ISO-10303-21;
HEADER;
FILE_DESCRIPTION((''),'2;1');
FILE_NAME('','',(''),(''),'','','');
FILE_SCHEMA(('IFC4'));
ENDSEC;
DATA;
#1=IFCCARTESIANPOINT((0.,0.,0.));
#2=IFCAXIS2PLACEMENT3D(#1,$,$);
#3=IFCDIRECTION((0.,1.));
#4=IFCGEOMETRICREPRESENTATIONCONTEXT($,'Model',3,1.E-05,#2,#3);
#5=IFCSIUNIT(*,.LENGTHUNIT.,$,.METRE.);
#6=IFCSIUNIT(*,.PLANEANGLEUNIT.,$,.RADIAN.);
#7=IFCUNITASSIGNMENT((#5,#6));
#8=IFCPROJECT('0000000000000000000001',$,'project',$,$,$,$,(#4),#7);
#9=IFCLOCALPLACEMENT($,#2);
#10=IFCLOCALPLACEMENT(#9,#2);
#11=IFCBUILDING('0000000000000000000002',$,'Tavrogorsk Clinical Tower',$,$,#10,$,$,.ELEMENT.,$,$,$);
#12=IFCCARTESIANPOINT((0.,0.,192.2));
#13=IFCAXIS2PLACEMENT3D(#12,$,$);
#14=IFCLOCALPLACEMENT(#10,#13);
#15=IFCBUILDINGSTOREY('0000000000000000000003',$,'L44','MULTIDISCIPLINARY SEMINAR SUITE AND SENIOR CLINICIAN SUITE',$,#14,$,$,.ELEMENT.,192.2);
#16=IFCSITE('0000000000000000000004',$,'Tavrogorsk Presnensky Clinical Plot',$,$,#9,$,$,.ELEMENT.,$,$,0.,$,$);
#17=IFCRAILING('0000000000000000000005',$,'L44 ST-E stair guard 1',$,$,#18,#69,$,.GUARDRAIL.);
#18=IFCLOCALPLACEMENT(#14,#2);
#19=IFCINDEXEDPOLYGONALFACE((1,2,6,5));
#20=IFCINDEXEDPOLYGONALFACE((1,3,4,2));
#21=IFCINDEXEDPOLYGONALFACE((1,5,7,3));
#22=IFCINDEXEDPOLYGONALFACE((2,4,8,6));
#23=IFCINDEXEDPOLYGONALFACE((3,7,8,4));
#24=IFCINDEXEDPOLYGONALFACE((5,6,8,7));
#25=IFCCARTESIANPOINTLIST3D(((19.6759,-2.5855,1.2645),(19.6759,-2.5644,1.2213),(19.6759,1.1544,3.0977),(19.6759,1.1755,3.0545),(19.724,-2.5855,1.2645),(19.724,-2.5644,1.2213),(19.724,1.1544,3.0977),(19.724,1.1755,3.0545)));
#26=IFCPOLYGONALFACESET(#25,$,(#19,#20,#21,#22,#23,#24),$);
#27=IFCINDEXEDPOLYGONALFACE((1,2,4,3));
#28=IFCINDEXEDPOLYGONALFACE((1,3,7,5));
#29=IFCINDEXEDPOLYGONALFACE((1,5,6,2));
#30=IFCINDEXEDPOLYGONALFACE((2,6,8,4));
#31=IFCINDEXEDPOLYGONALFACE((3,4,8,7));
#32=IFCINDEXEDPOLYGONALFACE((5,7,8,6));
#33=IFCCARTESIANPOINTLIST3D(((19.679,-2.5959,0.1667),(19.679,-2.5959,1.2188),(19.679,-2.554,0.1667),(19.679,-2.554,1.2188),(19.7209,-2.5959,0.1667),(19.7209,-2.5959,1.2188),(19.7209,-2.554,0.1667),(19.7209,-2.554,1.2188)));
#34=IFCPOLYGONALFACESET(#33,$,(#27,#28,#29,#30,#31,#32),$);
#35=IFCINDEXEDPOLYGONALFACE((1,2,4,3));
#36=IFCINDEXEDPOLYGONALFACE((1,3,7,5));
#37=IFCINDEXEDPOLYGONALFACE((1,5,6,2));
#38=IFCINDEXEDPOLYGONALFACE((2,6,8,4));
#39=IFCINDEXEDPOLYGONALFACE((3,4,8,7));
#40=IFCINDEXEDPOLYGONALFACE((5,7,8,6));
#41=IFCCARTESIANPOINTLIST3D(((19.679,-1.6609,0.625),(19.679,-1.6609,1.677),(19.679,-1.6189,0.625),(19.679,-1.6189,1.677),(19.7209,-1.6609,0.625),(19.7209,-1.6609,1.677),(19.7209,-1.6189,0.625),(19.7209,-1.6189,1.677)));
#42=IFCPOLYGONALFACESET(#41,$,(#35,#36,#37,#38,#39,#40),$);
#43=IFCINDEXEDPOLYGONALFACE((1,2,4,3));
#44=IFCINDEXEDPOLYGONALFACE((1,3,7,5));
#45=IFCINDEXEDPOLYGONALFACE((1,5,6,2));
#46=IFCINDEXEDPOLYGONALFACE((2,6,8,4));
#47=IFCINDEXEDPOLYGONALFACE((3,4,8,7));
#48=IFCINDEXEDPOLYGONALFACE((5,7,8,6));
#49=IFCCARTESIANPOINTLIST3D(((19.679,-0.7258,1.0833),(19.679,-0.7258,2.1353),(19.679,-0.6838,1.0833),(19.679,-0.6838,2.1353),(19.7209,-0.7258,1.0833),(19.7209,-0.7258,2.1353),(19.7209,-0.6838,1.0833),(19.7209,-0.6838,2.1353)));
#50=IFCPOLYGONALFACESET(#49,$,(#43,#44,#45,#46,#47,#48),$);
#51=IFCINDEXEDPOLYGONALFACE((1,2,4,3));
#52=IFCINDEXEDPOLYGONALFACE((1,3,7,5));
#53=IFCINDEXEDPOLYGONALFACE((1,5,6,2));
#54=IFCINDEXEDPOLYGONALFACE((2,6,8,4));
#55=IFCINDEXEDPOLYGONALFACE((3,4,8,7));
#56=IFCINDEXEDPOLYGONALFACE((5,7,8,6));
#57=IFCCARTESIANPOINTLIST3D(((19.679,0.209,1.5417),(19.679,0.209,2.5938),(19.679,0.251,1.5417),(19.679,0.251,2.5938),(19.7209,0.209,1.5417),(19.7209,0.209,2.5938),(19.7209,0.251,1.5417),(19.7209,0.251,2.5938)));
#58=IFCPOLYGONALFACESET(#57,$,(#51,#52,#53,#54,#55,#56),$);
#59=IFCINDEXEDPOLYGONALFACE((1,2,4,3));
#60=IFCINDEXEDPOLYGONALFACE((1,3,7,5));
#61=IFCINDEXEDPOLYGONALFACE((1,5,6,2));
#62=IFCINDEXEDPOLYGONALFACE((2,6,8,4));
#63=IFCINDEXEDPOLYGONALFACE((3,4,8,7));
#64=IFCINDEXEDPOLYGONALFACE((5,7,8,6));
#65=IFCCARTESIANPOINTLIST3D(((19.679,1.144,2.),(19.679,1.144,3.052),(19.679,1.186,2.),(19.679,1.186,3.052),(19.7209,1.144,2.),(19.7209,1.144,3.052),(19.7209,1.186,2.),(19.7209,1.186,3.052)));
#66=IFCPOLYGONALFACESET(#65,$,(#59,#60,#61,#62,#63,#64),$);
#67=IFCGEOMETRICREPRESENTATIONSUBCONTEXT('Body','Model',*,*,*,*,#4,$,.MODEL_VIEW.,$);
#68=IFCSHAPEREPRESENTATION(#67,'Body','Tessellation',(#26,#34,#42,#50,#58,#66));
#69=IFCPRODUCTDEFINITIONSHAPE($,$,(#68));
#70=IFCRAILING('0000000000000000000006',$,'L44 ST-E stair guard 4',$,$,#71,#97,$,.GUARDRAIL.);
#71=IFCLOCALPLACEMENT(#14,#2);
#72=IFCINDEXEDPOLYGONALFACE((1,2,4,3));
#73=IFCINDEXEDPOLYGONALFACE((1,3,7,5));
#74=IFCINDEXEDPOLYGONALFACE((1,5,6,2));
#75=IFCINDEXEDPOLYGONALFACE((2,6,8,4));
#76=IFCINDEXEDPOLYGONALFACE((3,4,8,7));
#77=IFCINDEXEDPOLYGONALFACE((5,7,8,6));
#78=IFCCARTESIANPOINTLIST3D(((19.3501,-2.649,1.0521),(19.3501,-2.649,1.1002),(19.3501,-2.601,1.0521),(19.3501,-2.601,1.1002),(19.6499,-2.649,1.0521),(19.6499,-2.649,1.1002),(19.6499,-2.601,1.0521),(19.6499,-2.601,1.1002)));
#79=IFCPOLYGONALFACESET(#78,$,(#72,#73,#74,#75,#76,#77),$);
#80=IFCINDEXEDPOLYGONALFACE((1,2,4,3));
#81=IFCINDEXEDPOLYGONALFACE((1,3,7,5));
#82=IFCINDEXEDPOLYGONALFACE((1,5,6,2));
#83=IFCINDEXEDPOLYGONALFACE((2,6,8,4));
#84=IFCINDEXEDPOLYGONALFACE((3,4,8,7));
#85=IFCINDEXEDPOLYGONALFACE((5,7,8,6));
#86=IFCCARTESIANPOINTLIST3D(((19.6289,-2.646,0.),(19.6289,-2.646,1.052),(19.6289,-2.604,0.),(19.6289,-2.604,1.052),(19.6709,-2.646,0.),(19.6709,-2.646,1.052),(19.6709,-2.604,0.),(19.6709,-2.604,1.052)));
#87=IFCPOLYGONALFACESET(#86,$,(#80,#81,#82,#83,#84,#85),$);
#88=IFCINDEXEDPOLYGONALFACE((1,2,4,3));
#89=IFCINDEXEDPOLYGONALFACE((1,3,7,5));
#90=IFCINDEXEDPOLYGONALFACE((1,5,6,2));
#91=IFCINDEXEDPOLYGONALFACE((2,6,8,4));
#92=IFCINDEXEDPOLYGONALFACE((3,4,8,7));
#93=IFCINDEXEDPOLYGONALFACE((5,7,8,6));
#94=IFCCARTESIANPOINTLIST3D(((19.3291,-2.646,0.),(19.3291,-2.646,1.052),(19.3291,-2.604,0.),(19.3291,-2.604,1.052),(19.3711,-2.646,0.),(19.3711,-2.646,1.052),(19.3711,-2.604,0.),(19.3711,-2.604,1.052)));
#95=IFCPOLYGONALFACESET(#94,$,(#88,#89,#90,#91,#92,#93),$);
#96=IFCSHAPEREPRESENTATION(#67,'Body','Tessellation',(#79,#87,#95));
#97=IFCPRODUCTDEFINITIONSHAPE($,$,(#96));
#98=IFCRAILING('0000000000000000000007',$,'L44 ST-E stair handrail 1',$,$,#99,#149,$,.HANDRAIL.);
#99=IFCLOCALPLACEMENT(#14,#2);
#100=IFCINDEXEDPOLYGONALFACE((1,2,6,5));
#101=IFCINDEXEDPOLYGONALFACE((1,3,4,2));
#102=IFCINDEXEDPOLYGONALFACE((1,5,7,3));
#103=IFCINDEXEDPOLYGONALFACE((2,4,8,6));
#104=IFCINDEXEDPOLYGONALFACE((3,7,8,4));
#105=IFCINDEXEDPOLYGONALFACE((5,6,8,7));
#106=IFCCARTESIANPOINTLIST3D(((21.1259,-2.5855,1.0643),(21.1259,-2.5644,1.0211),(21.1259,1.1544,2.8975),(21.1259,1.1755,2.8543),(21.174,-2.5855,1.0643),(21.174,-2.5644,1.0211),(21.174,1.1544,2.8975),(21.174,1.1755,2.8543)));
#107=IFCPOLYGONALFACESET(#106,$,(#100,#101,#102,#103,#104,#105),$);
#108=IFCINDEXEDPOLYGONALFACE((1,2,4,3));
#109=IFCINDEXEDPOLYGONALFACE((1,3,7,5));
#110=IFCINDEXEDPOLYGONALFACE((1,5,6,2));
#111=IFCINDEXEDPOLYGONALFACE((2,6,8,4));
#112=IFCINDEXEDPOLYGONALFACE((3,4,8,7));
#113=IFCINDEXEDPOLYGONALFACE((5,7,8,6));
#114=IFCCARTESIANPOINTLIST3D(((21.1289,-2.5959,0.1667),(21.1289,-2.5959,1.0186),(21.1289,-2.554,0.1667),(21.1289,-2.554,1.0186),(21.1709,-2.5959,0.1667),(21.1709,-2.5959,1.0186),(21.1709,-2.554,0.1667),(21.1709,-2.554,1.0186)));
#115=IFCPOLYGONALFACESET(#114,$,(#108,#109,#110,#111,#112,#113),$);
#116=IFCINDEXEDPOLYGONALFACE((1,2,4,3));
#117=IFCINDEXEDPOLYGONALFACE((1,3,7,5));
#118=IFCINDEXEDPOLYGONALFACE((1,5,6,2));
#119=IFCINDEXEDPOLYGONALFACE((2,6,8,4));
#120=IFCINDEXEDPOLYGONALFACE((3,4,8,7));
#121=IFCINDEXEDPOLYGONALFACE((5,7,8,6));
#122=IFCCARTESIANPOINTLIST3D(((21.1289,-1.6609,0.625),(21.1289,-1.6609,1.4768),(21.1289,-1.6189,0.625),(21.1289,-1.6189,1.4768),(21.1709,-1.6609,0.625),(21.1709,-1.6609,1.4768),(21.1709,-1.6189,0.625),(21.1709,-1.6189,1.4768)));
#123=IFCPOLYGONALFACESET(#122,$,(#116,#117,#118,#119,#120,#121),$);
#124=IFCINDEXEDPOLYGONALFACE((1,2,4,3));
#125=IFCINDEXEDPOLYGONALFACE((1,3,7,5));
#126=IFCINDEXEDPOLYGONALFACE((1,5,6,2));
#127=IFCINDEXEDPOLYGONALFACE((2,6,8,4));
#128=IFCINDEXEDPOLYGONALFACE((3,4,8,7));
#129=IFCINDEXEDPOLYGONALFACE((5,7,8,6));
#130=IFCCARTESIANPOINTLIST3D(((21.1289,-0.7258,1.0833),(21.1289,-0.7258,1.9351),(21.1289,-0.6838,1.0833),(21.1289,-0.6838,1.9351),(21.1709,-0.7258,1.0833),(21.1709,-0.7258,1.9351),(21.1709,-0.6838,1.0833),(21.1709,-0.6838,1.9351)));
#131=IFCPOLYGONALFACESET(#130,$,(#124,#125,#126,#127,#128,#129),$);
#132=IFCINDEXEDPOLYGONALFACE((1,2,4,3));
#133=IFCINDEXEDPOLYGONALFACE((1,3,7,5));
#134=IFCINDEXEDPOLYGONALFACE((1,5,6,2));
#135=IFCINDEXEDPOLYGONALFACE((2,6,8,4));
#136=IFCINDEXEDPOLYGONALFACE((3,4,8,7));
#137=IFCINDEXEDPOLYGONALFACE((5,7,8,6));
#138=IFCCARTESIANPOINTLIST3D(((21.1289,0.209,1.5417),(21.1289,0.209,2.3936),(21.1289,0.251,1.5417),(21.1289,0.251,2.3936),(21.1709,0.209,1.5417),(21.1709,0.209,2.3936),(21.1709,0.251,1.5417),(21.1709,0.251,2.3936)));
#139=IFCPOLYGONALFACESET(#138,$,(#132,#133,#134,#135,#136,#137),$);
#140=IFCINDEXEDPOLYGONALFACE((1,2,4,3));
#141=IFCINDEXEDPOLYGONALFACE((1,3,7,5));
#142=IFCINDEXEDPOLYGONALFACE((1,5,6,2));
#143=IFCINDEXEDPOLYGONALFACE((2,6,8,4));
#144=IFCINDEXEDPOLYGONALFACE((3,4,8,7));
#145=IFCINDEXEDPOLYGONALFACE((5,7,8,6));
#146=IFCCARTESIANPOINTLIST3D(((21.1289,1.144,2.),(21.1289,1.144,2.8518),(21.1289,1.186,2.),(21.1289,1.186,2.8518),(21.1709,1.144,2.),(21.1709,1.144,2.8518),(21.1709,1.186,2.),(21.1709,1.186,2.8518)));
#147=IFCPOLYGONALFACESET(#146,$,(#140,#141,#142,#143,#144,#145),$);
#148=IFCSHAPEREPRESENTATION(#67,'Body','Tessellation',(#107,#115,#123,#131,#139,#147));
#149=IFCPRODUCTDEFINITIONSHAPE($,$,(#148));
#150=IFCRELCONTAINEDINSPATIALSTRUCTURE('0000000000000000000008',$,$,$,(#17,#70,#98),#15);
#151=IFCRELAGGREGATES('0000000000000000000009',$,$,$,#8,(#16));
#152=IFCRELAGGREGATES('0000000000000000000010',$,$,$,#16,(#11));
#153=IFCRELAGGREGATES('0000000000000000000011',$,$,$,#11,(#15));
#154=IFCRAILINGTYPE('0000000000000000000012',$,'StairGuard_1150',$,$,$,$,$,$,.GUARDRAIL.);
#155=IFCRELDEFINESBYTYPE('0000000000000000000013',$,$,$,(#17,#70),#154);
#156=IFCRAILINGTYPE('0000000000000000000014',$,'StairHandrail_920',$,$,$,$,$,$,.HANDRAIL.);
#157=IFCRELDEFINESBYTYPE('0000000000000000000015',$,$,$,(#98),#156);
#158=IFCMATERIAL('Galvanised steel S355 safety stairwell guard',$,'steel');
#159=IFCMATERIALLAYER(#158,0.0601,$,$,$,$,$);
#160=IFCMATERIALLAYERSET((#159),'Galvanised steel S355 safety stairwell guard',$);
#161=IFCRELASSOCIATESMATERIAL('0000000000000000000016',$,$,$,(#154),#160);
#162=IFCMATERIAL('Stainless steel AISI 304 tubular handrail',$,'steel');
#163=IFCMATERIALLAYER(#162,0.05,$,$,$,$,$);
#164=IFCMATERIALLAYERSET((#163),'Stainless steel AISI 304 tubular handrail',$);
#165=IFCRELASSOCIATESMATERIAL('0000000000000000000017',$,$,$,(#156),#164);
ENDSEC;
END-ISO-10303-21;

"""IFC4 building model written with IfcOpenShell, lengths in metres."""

from ifc_helpers import new_model, si_unit, direction, frame, origin, origin_2d, place, context, subcontext, project, spatial, rectangle, extrude, material, layer, layer_set, type_object, element, save


model = new_model("IFC4")

# Units and contexts
model_context = context("Model", 3, precision=1e-05, world=origin(), true_north=direction((0.0, 1.0)))
body_context = subcontext(model_context, "Body", "Model", "MODEL_VIEW")
ifc_project = project(units=[si_unit("LENGTHUNIT", "METRE"), si_unit("PLANEANGLEUNIT", "RADIAN")], contexts=[model_context])

# Site, building, storey
site_placement = place(None, origin())
site = spatial("IfcSite", under=ifc_project, at=site_placement, Name="Tavrogorsk Presnensky Clinical Plot", CompositionType="ELEMENT", RefElevation=0.0)
building_placement = place(site_placement, origin())
building = spatial("IfcBuilding", under=site, at=building_placement, Name="Tavrogorsk Clinical Tower", CompositionType="ELEMENT")
storey_placement = place(building_placement, frame((0.0, 0.0, 192.2)))
storey = spatial("IfcBuildingStorey", under=building, at=storey_placement, Name="L44", Description="MULTIDISCIPLINARY SEMINAR SUITE AND SENIOR CLINICIAN SUITE", CompositionType="ELEMENT", Elevation=192.2)

# Railings
ifc_material_1 = material(Name="Galvanised steel S355 safety stairwell guard", Category="steel")
ifc_layer_1 = layer(ifc_material_1, 0.0601)
ifc_layer_set_1 = layer_set([ifc_layer_1], Name="Galvanised steel S355 safety stairwell guard")
railing_type_1 = type_object("IfcRailingType", Name="StairGuard_1150", PredefinedType="GUARDRAIL", material=ifc_layer_set_1)
railing_1_placement = place(storey_placement, frame((19.7, -2.575, 0.1667)))
element("IfcRailing", 1, at=railing_1_placement, inside=storey, type_object=railing_type_1, Name="L44 ST-E stair guard 1", PredefinedType="GUARDRAIL", context=body_context, shape_type="SweptSolid", body=[
    extrude(rectangle(XDim=0.0481, YDim=0.0481, at=origin_2d()), frame((0.0, 0.0, 1.0762), z_axis=(0.0, 0.897928, 0.440142), x_axis=(-1.0, 0.0, 0.0)), (0.0, 0.0, 1.0), 4.165),
    extrude(rectangle(XDim=0.042, YDim=0.042, at=origin_2d()), origin(), (0.0, 0.0, 1.0), 1.052),
    extrude(rectangle(XDim=0.042, YDim=0.042, at=origin_2d()), frame((0.0, 0.9351, 0.4583)), (0.0, 0.0, 1.0), 1.052),
    extrude(rectangle(XDim=0.042, YDim=0.042, at=origin_2d()), frame((0.0, 1.8701, 0.9165)), (0.0, 0.0, 1.0), 1.052),
    extrude(rectangle(XDim=0.042, YDim=0.042, at=origin_2d()), frame((0.0, 2.8049, 1.375)), (0.0, 0.0, 1.0), 1.052),
    extrude(rectangle(XDim=0.042, YDim=0.042, at=origin_2d()), frame((0.0, 3.74, 1.8333)), (0.0, 0.0, 1.0), 1.052),
])
railing_2_placement = place(storey_placement, frame((19.6499, -2.625, 0.0)))
element("IfcRailing", 2, at=railing_2_placement, inside=storey, type_object=railing_type_1, Name="L44 ST-E stair guard 4", PredefinedType="GUARDRAIL", context=body_context, shape_type="SweptSolid", body=[
    extrude(rectangle(XDim=0.0481, YDim=0.0481, at=origin_2d()), frame((0.0, 0.0, 1.0762), z_axis=(-1.0, 0.0, 0.0), x_axis=(0.0, -1.0, 0.0)), (0.0, 0.0, 1.0), 0.2998),
    extrude(rectangle(XDim=0.042, YDim=0.042, at=origin_2d()), origin(), (0.0, 0.0, 1.0), 1.052),
    extrude(rectangle(XDim=0.042, YDim=0.042, at=origin_2d()), frame((-0.2998, 0.0, 0.0)), (0.0, 0.0, 1.0), 1.052),
])
ifc_material_2 = material(Name="Stainless steel AISI 304 tubular handrail", Category="steel")
ifc_layer_2 = layer(ifc_material_2, 0.05)
ifc_layer_set_2 = layer_set([ifc_layer_2], Name="Stainless steel AISI 304 tubular handrail")
railing_type_2 = type_object("IfcRailingType", Name="StairHandrail_920", PredefinedType="HANDRAIL", material=ifc_layer_set_2)
railing_3_placement = place(storey_placement, frame((21.1499, -2.575, 0.1667)))
element("IfcRailing", 3, at=railing_3_placement, inside=storey, type_object=railing_type_2, Name="L44 ST-E stair handrail 1", PredefinedType="HANDRAIL", context=body_context, shape_type="SweptSolid", body=[
    extrude(rectangle(XDim=0.0481, YDim=0.0481, at=origin_2d()), frame((0.0, 0.0, 0.876), z_axis=(0.0, 0.897928, 0.440142), x_axis=(-1.0, 0.0, 0.0)), (0.0, 0.0, 1.0), 4.165),
    extrude(rectangle(XDim=0.042, YDim=0.042, at=origin_2d()), origin(), (0.0, 0.0, 1.0), 0.8518),
    extrude(rectangle(XDim=0.042, YDim=0.042, at=origin_2d()), frame((0.0, 0.9351, 0.4583)), (0.0, 0.0, 1.0), 0.8518),
    extrude(rectangle(XDim=0.042, YDim=0.042, at=origin_2d()), frame((0.0, 1.8701, 0.9165)), (0.0, 0.0, 1.0), 0.8518),
    extrude(rectangle(XDim=0.042, YDim=0.042, at=origin_2d()), frame((0.0, 2.8049, 1.375)), (0.0, 0.0, 1.0), 0.8518),
    extrude(rectangle(XDim=0.042, YDim=0.042, at=origin_2d()), frame((0.0, 3.74, 1.8333)), (0.0, 0.0, 1.0), 0.8518),
])

save(model, "model.ifc")
